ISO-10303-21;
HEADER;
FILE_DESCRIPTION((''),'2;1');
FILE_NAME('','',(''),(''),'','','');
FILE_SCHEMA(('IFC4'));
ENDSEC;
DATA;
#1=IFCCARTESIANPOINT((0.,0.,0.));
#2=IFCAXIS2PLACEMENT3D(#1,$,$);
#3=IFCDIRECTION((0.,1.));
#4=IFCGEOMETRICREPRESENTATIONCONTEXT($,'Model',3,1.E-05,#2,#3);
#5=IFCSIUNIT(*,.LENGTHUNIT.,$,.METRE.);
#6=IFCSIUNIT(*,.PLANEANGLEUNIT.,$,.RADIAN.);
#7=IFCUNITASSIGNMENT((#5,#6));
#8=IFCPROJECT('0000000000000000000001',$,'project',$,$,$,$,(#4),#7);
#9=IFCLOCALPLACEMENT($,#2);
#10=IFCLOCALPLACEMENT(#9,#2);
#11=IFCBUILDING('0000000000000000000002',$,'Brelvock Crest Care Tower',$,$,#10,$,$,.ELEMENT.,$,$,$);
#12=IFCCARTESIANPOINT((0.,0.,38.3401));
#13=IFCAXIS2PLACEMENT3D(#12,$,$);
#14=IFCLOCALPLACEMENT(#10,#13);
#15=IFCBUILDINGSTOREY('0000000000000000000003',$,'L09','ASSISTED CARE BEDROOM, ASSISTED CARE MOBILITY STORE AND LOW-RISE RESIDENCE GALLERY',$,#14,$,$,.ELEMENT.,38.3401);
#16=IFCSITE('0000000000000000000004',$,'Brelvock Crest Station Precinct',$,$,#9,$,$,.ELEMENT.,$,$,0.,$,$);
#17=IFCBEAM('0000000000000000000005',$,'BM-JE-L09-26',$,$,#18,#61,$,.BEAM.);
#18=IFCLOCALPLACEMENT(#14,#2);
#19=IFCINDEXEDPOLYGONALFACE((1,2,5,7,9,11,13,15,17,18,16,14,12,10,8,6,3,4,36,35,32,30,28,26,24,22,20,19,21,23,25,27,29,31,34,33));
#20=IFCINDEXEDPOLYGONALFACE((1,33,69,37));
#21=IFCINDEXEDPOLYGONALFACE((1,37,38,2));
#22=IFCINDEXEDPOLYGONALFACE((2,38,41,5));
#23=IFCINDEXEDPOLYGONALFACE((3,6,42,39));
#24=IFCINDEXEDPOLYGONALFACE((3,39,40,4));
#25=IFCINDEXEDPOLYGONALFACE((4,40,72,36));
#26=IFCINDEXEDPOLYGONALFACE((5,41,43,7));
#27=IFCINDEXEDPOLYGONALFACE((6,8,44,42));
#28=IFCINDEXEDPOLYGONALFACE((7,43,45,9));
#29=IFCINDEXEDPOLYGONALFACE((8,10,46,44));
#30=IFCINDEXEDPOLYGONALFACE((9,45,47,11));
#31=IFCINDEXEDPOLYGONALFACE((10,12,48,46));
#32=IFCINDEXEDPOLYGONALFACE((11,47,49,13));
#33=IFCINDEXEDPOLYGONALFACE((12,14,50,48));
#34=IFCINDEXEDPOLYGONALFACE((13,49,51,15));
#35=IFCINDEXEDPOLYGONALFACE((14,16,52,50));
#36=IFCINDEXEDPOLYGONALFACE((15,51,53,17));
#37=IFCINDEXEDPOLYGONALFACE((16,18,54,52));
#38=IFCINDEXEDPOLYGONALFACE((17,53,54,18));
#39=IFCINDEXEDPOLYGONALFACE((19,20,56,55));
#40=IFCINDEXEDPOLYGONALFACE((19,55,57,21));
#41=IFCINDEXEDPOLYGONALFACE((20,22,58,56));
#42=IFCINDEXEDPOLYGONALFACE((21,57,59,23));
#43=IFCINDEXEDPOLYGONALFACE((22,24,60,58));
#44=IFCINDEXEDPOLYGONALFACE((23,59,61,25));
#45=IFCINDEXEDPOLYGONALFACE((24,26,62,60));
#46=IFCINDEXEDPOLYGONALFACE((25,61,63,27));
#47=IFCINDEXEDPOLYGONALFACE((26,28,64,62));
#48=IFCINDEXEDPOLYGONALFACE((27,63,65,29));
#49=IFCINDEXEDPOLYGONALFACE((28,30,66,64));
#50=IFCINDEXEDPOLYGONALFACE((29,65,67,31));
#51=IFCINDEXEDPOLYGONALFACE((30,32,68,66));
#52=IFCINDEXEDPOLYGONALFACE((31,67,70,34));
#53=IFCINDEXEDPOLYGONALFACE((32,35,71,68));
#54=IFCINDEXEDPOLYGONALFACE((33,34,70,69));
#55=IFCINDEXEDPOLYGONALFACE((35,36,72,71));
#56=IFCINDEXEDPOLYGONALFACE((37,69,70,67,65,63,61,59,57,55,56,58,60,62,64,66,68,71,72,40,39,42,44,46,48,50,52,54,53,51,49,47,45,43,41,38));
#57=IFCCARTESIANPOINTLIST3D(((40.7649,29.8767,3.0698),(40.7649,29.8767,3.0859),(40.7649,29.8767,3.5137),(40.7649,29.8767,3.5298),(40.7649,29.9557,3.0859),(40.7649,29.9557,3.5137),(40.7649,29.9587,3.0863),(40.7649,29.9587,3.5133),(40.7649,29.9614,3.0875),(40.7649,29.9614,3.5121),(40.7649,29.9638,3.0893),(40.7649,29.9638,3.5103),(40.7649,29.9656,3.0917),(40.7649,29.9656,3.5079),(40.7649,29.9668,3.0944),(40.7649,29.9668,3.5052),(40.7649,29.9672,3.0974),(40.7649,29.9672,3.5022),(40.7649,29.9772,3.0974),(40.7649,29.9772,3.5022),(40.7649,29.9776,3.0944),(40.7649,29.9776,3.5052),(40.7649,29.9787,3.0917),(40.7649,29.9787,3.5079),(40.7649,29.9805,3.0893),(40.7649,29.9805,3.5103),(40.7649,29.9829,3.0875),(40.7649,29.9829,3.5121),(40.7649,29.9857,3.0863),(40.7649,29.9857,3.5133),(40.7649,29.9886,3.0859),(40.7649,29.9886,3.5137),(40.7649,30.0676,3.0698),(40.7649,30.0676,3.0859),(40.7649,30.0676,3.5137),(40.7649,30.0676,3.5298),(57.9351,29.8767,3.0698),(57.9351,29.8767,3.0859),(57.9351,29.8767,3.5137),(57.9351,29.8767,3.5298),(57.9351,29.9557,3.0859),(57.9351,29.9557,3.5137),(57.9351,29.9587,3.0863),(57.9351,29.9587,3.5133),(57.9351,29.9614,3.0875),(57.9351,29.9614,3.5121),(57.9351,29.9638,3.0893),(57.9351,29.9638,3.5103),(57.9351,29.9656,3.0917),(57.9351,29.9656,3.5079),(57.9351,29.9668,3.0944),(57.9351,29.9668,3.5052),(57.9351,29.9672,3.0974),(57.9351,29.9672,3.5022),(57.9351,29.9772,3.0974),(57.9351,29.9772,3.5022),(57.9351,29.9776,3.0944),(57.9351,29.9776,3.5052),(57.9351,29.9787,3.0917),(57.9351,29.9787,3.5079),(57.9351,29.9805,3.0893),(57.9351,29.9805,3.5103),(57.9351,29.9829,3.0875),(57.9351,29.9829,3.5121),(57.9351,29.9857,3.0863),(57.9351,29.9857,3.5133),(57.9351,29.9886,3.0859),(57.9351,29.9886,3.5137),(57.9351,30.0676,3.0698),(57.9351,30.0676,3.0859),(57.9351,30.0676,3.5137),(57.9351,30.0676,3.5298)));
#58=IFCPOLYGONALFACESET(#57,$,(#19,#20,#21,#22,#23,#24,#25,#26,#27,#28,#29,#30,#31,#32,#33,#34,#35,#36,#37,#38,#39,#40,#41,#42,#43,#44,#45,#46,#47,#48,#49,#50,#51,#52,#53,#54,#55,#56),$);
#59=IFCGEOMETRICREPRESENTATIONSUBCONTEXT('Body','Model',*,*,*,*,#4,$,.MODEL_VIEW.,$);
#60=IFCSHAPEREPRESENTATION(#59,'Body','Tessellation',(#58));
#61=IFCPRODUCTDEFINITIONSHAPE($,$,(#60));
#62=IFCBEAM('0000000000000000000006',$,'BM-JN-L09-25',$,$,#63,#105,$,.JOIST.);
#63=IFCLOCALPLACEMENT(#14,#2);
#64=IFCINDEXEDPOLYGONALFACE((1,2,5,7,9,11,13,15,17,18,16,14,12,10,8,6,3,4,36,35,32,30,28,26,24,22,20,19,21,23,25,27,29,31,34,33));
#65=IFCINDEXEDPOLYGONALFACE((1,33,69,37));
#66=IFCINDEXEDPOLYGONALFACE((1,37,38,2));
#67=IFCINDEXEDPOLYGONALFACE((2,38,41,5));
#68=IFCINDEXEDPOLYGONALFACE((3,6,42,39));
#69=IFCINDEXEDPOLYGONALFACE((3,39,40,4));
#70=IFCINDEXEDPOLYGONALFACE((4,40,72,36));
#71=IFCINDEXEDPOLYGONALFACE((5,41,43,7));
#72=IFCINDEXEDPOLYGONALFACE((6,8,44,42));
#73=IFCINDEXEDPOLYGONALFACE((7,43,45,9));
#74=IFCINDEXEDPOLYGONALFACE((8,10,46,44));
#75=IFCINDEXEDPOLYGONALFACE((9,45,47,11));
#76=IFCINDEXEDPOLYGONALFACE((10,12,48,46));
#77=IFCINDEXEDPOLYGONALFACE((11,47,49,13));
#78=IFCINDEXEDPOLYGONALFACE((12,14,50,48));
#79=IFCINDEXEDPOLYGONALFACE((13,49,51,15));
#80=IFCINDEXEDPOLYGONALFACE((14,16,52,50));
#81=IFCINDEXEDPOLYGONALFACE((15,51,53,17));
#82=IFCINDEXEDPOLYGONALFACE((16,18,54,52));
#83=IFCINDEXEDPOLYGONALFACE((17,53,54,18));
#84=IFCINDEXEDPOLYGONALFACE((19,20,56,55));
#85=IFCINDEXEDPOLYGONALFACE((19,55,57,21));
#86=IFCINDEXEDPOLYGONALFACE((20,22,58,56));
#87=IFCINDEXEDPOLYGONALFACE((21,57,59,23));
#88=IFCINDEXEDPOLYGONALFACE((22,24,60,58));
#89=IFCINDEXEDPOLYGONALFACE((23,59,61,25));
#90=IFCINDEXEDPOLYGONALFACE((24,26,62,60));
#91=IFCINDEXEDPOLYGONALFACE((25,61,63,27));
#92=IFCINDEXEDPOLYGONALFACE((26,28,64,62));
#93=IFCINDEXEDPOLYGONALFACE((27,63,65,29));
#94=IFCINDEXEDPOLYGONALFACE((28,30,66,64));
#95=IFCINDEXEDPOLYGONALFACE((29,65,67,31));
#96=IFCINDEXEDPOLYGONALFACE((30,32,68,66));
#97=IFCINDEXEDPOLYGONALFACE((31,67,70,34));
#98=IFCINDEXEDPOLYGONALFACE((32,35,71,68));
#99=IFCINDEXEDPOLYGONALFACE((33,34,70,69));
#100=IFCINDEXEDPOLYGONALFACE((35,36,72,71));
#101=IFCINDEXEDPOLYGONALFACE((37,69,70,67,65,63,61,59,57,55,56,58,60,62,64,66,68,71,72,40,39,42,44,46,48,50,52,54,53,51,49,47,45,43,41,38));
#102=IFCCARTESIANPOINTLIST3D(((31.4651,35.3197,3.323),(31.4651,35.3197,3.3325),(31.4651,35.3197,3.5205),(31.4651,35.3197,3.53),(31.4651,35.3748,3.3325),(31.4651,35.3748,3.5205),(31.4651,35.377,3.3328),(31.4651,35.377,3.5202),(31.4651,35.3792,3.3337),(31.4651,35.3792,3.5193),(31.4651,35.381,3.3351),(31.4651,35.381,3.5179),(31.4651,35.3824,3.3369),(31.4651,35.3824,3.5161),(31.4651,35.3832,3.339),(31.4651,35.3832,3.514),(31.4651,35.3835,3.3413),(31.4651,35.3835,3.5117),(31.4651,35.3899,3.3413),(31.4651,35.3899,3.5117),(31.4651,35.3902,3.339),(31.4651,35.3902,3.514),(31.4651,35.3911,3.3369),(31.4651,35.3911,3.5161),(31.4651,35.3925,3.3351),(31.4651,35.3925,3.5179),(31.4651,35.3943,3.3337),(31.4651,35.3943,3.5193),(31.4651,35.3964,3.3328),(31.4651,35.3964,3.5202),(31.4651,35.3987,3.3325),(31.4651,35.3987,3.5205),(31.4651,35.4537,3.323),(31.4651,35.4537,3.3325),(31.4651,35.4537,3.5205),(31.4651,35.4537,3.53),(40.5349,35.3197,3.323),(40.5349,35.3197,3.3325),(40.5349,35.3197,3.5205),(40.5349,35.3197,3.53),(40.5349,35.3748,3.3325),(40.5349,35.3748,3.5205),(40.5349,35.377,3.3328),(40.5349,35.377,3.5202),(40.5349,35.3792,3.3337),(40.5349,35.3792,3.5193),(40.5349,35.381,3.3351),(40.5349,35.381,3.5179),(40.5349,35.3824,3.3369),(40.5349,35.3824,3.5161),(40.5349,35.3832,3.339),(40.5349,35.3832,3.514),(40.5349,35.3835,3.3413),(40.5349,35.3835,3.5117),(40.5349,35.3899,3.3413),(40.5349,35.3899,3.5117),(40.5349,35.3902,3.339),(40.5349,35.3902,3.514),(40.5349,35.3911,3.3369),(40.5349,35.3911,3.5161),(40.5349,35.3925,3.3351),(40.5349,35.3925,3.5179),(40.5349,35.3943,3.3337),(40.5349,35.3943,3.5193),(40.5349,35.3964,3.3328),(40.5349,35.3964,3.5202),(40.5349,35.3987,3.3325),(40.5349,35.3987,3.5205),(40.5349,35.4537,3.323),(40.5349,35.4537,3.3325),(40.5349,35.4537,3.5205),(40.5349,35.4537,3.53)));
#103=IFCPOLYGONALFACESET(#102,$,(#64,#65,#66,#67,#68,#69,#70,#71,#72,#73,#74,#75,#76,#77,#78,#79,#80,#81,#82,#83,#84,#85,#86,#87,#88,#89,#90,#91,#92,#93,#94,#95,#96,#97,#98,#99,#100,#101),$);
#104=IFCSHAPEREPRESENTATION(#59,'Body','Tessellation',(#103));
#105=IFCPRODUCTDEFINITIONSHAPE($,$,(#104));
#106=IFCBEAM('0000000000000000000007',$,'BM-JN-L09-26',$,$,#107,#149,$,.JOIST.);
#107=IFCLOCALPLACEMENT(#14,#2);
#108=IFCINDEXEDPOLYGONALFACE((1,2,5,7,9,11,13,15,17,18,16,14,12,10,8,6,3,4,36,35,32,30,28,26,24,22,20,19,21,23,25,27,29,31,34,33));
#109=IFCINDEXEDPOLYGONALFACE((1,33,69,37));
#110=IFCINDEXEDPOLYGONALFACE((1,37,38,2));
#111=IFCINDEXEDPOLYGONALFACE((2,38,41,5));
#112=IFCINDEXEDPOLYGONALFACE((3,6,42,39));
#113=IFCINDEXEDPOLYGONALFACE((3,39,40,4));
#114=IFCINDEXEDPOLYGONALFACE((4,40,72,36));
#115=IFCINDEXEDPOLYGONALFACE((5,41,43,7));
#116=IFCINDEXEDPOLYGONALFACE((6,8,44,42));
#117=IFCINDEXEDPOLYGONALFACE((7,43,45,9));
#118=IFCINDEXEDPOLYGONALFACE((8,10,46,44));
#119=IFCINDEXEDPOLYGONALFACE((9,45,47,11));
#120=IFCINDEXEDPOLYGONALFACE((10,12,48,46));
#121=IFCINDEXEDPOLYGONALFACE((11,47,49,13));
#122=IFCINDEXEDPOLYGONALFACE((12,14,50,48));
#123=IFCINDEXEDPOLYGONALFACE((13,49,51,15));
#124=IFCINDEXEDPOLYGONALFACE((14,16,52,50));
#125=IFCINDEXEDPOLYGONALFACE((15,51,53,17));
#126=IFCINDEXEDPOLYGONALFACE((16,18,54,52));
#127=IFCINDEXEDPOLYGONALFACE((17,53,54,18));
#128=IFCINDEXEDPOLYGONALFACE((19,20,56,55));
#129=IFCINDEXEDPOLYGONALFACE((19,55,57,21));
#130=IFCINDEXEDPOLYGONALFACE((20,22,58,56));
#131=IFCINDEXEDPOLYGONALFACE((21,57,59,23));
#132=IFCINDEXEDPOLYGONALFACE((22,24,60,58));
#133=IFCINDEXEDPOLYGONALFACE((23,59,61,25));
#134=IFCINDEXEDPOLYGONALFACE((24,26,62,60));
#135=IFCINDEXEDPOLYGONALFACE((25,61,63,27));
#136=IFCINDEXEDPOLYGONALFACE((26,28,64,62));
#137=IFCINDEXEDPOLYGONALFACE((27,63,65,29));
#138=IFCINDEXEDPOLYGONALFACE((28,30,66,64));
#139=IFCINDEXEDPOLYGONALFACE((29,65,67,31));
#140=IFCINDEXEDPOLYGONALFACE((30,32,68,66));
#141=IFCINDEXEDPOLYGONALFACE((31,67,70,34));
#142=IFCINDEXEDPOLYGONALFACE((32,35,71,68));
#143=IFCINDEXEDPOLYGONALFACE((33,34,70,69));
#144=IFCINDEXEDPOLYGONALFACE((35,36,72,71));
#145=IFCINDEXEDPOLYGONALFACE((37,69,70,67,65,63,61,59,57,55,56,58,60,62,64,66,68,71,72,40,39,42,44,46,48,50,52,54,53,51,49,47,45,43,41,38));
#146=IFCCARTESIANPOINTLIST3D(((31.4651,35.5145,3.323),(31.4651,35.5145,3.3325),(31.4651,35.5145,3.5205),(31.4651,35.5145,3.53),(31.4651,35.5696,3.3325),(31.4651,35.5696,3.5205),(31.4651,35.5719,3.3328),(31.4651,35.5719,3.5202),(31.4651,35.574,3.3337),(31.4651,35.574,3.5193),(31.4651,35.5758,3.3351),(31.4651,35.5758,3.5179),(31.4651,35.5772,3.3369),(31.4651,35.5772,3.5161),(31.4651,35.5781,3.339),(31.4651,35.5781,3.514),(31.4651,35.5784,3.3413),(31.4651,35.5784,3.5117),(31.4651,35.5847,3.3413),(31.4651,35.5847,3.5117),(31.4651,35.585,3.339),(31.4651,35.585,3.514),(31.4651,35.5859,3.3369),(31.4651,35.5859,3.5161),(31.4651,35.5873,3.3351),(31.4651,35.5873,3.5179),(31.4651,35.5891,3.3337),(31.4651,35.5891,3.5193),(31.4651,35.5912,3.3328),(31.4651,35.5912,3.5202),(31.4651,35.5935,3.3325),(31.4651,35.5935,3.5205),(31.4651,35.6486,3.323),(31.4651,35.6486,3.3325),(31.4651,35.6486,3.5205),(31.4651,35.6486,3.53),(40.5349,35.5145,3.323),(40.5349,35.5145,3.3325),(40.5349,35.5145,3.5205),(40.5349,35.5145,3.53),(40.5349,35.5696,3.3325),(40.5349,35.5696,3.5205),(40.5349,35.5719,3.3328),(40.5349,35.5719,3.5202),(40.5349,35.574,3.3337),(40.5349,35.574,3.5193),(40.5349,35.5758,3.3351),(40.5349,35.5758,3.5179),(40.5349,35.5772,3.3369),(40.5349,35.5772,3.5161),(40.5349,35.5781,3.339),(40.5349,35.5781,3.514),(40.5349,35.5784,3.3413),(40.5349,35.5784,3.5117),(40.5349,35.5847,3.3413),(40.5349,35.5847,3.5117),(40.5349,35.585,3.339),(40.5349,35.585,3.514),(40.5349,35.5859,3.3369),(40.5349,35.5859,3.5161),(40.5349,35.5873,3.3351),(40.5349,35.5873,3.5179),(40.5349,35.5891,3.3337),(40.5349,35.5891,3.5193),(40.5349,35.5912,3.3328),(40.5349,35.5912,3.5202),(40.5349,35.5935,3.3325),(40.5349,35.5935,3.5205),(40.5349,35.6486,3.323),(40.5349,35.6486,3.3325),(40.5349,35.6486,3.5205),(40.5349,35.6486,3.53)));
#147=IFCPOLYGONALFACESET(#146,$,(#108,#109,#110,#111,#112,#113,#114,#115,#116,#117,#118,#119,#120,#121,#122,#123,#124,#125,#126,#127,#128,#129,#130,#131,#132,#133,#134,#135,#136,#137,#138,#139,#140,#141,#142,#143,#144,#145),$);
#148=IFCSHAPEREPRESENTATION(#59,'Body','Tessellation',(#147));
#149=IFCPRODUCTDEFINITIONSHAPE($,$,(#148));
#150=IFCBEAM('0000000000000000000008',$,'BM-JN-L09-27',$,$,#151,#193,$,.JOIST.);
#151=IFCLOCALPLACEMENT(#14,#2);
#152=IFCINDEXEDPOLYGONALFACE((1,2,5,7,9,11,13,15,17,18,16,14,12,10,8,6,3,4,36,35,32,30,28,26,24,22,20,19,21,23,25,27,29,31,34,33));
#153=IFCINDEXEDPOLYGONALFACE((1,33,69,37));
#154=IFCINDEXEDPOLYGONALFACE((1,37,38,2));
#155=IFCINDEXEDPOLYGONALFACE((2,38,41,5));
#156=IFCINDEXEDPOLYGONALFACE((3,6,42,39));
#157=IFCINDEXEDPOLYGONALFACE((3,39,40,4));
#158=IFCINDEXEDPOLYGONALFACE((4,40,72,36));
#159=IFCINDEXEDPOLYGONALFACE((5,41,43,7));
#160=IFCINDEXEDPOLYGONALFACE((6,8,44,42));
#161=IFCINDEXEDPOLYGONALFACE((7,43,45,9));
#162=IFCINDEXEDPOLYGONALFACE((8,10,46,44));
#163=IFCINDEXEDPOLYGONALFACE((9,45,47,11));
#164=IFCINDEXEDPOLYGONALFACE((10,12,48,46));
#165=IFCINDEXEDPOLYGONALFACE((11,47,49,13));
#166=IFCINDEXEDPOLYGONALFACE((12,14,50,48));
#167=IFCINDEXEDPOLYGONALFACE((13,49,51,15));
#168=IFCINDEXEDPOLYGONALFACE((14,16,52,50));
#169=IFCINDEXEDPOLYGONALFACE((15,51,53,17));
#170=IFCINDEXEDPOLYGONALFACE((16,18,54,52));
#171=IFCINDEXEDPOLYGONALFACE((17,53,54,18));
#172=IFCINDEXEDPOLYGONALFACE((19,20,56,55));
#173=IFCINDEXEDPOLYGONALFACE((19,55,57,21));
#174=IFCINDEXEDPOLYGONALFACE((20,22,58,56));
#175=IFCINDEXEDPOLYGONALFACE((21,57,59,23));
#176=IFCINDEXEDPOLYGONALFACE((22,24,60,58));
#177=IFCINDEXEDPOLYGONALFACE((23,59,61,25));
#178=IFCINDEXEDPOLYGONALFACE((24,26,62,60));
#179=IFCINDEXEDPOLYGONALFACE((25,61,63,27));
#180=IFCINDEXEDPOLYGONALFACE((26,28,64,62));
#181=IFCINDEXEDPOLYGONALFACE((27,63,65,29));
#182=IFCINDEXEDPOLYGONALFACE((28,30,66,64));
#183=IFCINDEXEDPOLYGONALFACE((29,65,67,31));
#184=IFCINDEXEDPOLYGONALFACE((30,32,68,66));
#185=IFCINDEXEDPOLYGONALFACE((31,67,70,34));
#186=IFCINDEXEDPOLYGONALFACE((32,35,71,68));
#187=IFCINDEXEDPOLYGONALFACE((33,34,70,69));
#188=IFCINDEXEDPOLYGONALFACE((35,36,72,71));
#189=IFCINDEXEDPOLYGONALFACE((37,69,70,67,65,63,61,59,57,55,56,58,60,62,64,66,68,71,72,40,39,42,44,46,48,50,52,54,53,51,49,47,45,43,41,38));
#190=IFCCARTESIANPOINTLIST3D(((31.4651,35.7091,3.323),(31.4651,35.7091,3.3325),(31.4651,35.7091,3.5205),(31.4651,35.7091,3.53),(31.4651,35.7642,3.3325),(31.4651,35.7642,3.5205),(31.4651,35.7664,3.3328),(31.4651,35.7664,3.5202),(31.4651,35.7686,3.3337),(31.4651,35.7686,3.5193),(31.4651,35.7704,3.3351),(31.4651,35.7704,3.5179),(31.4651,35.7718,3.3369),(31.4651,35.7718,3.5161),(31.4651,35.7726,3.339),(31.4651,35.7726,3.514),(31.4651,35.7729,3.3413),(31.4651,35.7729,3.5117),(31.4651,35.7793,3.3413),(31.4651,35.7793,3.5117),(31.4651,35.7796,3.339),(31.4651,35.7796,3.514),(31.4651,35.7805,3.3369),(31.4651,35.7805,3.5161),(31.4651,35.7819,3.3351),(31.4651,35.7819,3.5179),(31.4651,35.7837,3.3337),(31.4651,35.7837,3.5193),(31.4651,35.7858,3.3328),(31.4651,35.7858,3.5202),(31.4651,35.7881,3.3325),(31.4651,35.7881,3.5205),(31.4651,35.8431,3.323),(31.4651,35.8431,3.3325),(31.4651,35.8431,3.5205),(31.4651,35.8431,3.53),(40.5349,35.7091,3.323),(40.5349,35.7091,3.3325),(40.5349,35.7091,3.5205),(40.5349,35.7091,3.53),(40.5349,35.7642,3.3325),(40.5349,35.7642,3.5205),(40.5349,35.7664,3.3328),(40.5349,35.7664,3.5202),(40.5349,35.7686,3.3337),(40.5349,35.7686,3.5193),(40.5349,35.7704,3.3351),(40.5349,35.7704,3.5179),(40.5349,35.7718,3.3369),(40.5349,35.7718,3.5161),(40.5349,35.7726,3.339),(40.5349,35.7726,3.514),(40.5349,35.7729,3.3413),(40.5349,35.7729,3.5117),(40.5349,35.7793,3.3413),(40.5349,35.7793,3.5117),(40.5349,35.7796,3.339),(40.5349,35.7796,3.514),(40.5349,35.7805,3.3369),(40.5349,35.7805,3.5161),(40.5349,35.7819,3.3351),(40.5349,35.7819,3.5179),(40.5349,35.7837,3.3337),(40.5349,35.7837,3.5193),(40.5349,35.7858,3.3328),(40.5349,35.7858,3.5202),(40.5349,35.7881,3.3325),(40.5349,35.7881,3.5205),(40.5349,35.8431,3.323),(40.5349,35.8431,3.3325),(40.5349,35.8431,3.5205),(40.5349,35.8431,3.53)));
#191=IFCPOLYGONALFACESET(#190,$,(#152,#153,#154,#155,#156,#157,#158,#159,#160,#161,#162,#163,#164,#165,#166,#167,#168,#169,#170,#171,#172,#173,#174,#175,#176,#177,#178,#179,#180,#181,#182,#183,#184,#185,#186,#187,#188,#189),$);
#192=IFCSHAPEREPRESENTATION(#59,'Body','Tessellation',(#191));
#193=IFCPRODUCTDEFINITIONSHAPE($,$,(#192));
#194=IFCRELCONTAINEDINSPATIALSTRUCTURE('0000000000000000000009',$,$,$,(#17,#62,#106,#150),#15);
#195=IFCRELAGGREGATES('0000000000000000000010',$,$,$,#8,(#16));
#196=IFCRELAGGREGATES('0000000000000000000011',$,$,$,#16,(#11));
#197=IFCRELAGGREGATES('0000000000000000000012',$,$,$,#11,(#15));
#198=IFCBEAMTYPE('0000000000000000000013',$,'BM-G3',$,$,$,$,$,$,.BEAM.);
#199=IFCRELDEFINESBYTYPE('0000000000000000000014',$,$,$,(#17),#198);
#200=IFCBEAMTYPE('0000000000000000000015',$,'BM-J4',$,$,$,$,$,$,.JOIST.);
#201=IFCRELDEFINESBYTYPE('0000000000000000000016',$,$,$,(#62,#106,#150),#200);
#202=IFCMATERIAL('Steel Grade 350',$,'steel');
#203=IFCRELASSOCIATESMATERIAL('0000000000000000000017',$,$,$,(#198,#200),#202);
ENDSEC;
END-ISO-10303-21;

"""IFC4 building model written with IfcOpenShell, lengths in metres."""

from ifc_helpers import new_model, si_unit, direction, frame, origin, origin_2d, place, context, subcontext, project, spatial, i_section, extrude, source, transform, mapped, material, material_profile, profile_set, type_object, element, save


model = new_model("IFC4")

# Units and contexts
model_context = context("Model", 3, precision=1e-05, world=origin(), true_north=direction((0.0, 1.0)))
body_context = subcontext(model_context, "Body", "Model", "MODEL_VIEW")
ifc_project = project(units=[si_unit("LENGTHUNIT", "METRE"), si_unit("PLANEANGLEUNIT", "RADIAN")], contexts=[model_context])

# Site, building, storey
site_placement = place(None, origin())
site = spatial("IfcSite", under=ifc_project, at=site_placement, Name="Brelvock Crest Station Precinct", CompositionType="ELEMENT", RefElevation=0.0)
building_placement = place(site_placement, origin())
building = spatial("IfcBuilding", under=site, at=building_placement, Name="Brelvock Crest Care Tower", CompositionType="ELEMENT")
storey_placement = place(building_placement, frame((0.0, 0.0, 38.3401)))
storey = spatial("IfcBuildingStorey", under=building, at=storey_placement, Name="L09", Description="ASSISTED CARE BEDROOM, ASSISTED CARE MOBILITY STORE AND LOW-RISE RESIDENCE GALLERY", CompositionType="ELEMENT", Elevation=38.3401)

# Beams
ifc_material_1 = material(Name="Steel Grade 350", Category="steel")
ifc_material_profile_1 = material_profile(ifc_material_1, i_section(OverallWidth=0.1909, OverallDepth=0.46, WebThickness=0.01, FlangeThickness=0.0161, FilletRadius=0.0115, at=origin_2d()), Name="460UB82.1")
ifc_profile_set_1 = profile_set([ifc_material_profile_1], Name="Steel Grade 350")
beam_type_1 = type_object("IfcBeamType", Name="BM-G3", PredefinedType="BEAM", material=ifc_profile_set_1)
shared_shape_1 = source(origin(), body_context, "Body", "SweptSolid", [
    extrude(i_section(OverallWidth=0.1909, OverallDepth=0.46, WebThickness=0.01, FlangeThickness=0.0161, FilletRadius=0.0115, at=origin_2d()), origin(), (0.0, 0.0, 1.0), 17.1702),
])
for number, where, z_axis, x_axis, name in (
    (1, (40.7649, 29.9722, 3.2998), (1.0, 0.0, 0.0), (0.0, 1.0, 0.0), "BM-JE-L09-26"),
):
    element("IfcBeam", number, at=place(storey_placement, frame(where, z_axis=z_axis, x_axis=x_axis)), inside=storey, type_object=beam_type_1, Name=name, PredefinedType="BEAM", context=body_context, shape_type="MappedRepresentation", body=[
        mapped(shared_shape_1, transform((0.0, 0.0, 0.0), x_axis=(1.0, 0.0, 0.0), y_axis=(0.0, 1.0, 0.0), z_axis=(0.0, 0.0, 1.0), scale=1.0)),
    ])
ifc_material_profile_2 = material_profile(ifc_material_1, i_section(OverallWidth=0.134, OverallDepth=0.207, WebThickness=0.0063, FlangeThickness=0.0095, FilletRadius=0.0088, at=origin_2d()), Name="200UB29.8")
ifc_profile_set_2 = profile_set([ifc_material_profile_2], Name="Steel Grade 350")
beam_type_2 = type_object("IfcBeamType", Name="BM-J4", PredefinedType="JOIST", material=ifc_profile_set_2)
shared_shape_2 = source(origin(), body_context, "Body", "SweptSolid", [
    extrude(i_section(OverallWidth=0.134, OverallDepth=0.207, WebThickness=0.0063, FlangeThickness=0.0095, FilletRadius=0.0088, at=origin_2d()), origin(), (0.0, 0.0, 1.0), 9.0698),
])
for number, where, z_axis, x_axis, name in (
    (2, (31.4651, 35.3867, 3.4265), (1.0, 0.0, 0.0), (0.0, 1.0, 0.0), "BM-JN-L09-25"),
    (3, (31.4651, 35.5815, 3.4265), (1.0, 0.0, 0.0), (0.0, 1.0, 0.0), "BM-JN-L09-26"),
    (4, (31.4651, 35.7761, 3.4265), (1.0, 0.0, 0.0), (0.0, 1.0, 0.0), "BM-JN-L09-27"),
):
    element("IfcBeam", number, at=place(storey_placement, frame(where, z_axis=z_axis, x_axis=x_axis)), inside=storey, type_object=beam_type_2, Name=name, PredefinedType="JOIST", context=body_context, shape_type="MappedRepresentation", body=[
        mapped(shared_shape_2, transform((0.0, 0.0, 0.0), x_axis=(1.0, 0.0, 0.0), y_axis=(0.0, 1.0, 0.0), z_axis=(0.0, 0.0, 1.0), scale=1.0)),
    ])

save(model, "model.ifc")
